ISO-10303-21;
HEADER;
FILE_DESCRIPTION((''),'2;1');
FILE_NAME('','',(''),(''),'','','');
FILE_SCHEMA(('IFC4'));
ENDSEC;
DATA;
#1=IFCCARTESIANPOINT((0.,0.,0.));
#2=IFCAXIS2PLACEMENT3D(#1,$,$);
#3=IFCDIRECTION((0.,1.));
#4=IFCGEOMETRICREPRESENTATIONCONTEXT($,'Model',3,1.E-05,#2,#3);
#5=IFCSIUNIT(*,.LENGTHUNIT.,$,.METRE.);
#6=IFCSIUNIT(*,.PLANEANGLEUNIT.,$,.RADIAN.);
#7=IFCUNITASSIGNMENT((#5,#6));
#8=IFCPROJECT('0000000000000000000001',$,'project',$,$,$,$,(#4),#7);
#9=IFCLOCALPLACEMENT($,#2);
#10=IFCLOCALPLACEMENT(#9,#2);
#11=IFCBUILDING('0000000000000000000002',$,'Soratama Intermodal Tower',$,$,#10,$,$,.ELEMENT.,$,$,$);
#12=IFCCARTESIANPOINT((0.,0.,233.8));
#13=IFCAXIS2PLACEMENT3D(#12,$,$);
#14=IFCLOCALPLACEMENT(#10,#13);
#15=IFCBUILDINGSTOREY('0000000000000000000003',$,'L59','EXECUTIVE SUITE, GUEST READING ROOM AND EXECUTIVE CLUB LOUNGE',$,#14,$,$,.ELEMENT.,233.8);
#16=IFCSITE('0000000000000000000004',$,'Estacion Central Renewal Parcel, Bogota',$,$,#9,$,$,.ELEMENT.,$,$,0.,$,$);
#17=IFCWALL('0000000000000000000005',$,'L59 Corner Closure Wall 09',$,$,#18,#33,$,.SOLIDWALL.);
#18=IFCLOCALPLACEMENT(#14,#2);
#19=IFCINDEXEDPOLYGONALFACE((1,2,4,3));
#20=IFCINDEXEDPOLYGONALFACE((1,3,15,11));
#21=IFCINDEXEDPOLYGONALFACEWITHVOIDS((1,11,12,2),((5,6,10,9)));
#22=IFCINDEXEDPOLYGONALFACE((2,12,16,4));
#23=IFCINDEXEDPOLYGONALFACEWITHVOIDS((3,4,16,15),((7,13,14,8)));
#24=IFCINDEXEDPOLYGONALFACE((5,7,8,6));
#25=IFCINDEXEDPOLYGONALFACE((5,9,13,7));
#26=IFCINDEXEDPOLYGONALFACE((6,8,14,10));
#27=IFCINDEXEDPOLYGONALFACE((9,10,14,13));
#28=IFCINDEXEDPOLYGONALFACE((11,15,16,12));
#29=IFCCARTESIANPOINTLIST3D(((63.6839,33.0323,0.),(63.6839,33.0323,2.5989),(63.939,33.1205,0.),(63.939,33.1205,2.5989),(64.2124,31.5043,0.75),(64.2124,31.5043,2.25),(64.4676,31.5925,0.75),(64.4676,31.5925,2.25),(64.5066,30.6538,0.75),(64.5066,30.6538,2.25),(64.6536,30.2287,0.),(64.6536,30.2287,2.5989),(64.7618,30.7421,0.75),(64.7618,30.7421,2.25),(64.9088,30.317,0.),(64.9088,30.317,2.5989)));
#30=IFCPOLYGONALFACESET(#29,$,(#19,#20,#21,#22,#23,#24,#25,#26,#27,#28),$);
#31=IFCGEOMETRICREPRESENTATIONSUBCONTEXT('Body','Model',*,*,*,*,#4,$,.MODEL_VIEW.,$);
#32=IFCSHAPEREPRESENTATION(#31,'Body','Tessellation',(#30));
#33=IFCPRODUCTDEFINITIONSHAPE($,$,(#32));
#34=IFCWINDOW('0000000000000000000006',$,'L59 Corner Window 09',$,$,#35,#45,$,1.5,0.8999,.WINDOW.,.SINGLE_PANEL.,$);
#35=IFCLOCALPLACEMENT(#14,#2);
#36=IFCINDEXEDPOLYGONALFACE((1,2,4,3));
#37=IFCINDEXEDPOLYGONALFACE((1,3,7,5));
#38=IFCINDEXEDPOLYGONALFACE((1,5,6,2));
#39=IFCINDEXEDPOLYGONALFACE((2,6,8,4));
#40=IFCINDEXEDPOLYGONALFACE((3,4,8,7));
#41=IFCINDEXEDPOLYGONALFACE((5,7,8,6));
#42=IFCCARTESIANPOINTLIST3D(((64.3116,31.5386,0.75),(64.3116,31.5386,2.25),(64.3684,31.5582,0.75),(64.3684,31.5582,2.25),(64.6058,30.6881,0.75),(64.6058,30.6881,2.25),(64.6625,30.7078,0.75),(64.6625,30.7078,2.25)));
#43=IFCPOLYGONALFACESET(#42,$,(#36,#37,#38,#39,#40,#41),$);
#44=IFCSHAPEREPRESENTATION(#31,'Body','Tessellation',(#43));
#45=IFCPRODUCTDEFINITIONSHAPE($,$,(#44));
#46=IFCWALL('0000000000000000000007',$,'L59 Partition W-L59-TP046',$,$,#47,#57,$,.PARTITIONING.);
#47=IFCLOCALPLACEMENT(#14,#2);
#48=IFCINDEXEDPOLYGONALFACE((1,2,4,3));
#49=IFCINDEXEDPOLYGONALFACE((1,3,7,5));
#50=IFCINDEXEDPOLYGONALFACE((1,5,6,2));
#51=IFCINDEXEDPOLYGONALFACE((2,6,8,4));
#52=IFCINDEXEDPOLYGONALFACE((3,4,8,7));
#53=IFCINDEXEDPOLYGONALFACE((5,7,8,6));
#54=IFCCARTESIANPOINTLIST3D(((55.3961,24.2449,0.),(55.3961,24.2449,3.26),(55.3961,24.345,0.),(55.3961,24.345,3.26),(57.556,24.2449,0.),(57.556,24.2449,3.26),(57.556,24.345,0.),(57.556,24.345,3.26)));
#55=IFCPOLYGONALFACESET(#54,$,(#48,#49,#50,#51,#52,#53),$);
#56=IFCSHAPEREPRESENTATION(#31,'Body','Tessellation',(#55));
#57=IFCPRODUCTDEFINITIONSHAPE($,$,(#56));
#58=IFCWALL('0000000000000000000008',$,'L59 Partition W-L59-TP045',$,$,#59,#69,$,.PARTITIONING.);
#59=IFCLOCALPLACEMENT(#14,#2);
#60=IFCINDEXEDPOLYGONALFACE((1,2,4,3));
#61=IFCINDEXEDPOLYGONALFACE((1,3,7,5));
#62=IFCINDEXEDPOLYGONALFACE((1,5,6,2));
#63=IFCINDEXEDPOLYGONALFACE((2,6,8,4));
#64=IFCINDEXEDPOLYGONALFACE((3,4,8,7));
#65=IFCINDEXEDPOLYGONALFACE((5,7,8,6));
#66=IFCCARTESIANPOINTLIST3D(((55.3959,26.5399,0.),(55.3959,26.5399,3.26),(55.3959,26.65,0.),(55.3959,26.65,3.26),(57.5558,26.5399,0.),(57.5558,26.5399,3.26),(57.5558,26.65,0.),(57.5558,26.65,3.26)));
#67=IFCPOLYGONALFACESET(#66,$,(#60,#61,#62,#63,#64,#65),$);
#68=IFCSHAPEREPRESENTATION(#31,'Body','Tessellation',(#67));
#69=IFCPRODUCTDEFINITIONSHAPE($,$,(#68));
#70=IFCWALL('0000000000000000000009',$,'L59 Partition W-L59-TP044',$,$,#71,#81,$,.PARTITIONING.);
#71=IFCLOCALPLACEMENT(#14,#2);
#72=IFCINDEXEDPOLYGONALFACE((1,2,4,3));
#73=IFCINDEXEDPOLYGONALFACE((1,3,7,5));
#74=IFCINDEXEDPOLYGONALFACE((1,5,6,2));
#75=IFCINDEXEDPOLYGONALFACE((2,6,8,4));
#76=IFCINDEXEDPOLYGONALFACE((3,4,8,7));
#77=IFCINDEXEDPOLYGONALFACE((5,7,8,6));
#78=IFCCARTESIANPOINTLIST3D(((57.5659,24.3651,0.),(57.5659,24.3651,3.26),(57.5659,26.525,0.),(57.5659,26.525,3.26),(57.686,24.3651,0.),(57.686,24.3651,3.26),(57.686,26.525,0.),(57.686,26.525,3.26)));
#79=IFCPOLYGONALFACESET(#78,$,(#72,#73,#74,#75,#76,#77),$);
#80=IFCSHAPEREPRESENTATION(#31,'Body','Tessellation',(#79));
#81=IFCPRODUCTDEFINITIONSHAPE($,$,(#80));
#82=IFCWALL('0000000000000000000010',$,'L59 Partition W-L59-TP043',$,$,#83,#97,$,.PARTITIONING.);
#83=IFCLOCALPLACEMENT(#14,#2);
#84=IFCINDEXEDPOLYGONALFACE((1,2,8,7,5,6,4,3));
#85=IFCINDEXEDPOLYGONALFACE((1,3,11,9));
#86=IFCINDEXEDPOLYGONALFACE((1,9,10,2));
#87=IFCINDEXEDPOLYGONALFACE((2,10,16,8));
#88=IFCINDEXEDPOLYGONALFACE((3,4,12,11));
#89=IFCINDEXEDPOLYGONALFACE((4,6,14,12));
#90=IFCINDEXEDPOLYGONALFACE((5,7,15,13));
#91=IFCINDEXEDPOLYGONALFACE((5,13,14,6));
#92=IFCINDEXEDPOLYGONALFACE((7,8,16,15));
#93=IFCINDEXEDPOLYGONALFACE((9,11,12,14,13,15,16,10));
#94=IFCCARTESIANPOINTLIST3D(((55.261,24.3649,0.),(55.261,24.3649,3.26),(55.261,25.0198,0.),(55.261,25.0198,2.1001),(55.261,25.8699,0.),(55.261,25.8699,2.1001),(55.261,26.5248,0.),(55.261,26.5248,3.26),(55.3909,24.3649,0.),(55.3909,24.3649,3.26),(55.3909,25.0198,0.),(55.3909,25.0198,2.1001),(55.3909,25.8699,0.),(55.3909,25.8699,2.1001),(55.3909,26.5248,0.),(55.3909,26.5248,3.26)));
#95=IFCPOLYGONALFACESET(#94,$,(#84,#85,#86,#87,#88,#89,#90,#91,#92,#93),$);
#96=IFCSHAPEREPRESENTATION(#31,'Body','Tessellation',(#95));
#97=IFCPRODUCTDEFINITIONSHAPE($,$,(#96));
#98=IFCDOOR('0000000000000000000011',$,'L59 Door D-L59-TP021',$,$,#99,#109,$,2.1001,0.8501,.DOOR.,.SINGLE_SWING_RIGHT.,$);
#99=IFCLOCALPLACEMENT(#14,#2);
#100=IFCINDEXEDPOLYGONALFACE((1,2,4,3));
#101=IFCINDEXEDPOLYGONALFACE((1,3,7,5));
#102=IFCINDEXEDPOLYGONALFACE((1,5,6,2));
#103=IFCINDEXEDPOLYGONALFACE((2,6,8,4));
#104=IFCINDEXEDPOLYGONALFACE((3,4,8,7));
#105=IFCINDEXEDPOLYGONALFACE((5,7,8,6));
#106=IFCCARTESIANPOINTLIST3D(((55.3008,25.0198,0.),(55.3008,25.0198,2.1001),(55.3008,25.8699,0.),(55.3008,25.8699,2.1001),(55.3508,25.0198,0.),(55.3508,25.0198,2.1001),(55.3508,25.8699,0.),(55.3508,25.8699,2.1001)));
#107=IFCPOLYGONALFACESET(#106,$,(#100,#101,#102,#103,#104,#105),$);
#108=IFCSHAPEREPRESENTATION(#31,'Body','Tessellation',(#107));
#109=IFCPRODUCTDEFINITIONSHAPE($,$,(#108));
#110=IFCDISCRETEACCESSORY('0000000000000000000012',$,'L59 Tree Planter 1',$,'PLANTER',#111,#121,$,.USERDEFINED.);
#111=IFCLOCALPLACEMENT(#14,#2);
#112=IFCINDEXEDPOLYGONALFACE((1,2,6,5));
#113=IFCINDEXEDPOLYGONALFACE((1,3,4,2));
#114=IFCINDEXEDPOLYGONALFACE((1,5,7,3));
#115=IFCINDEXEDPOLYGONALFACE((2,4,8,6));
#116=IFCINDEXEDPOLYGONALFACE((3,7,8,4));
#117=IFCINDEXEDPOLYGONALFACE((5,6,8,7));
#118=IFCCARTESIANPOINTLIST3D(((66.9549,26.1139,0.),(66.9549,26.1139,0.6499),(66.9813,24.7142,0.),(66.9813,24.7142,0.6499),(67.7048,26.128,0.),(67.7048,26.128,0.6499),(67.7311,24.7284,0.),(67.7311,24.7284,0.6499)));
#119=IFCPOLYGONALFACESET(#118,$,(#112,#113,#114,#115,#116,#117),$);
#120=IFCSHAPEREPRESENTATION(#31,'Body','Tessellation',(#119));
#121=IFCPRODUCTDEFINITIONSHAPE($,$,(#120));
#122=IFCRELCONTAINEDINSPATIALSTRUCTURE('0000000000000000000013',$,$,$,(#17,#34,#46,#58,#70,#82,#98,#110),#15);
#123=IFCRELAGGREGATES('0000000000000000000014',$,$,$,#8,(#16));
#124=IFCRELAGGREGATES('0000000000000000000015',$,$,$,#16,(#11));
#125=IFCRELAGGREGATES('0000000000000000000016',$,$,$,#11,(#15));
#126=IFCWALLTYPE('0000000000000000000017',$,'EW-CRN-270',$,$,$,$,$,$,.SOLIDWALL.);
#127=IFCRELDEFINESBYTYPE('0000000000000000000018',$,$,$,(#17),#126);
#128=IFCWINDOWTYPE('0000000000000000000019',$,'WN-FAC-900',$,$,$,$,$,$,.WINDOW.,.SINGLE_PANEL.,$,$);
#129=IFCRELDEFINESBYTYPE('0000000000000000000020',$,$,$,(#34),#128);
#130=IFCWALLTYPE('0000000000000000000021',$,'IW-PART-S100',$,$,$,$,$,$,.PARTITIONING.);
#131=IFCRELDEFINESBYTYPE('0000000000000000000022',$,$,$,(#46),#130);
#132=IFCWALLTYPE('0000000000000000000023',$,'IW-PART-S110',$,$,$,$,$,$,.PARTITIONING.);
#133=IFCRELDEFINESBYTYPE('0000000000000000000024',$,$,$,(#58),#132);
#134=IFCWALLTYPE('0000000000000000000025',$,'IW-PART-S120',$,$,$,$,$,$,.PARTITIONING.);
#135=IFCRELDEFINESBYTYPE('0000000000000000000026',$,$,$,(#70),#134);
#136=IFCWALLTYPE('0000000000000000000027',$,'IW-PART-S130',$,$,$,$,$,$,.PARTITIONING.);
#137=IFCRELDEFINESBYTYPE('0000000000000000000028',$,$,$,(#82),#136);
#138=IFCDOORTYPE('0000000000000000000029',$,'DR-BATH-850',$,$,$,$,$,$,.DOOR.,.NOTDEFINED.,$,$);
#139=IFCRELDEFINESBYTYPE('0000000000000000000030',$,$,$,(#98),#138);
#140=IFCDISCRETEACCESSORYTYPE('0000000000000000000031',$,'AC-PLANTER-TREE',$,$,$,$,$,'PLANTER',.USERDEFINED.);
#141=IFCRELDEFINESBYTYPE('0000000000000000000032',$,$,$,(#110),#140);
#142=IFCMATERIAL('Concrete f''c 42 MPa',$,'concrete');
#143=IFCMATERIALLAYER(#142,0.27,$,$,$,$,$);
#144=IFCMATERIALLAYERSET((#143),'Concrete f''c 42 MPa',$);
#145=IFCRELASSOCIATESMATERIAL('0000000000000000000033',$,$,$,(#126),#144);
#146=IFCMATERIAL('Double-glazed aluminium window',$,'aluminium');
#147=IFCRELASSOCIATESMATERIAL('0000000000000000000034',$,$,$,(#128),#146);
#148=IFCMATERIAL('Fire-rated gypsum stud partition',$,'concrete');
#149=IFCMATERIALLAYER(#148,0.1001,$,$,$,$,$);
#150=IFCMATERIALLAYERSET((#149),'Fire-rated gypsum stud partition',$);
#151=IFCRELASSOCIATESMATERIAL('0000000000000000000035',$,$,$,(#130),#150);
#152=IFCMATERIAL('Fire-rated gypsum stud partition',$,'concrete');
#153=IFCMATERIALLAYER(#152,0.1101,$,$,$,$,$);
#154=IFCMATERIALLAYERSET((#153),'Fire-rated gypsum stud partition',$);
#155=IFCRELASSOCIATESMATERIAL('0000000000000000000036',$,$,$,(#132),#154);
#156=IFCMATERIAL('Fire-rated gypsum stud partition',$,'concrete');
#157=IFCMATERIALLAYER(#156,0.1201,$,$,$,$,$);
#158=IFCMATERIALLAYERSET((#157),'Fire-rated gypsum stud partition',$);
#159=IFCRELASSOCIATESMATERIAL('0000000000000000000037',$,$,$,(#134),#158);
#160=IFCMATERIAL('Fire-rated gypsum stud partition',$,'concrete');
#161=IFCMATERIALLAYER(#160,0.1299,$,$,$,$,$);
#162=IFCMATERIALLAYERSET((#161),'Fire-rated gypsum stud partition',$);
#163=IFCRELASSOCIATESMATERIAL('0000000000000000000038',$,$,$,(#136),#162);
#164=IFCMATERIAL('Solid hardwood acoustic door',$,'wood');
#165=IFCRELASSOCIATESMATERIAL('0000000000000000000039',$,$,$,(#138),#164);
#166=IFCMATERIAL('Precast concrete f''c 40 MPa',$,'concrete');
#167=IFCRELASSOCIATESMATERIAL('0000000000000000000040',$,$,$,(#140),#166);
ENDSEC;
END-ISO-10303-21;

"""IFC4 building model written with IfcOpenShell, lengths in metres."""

from ifc_helpers import new_model, si_unit, direction, frame, frame_2d, origin, origin_2d, place, context, subcontext, project, spatial, rectangle, extrude, material, layer, layer_set, type_object, element, fill, save


model = new_model("IFC4")

# Units and contexts
model_context = context("Model", 3, precision=1e-05, world=origin(), true_north=direction((0.0, 1.0)))
body_context = subcontext(model_context, "Body", "Model", "MODEL_VIEW")
ifc_project = project(units=[si_unit("LENGTHUNIT", "METRE"), si_unit("PLANEANGLEUNIT", "RADIAN")], contexts=[model_context])

# Site, building, storey
site_placement = place(None, origin())
site = spatial("IfcSite", under=ifc_project, at=site_placement, Name="Estacion Central Renewal Parcel, Bogota", CompositionType="ELEMENT", RefElevation=0.0)
building_placement = place(site_placement, origin())
building = spatial("IfcBuilding", under=site, at=building_placement, Name="Soratama Intermodal Tower", CompositionType="ELEMENT")
storey_placement = place(building_placement, frame((0.0, 0.0, 233.8)))
storey = spatial("IfcBuildingStorey", under=building, at=storey_placement, Name="L59", Description="EXECUTIVE SUITE, GUEST READING ROOM AND EXECUTIVE CLUB LOUNGE", CompositionType="ELEMENT", Elevation=233.8)

# Wall, opening, window
ifc_material_1 = material(Name="Concrete f'c 42 MPa", Category="concrete")
ifc_layer_1 = layer(ifc_material_1, 0.27)
ifc_layer_set_1 = layer_set([ifc_layer_1], Name="Concrete f'c 42 MPa")
wall_type_1 = type_object("IfcWallType", Name="EW-CRN-270", PredefinedType="SOLIDWALL", material=ifc_layer_set_1)
wall_1_placement = place(storey_placement, frame((64.7812, 30.2727, 0.0), z_axis=(0.0, 0.0, 1.0), x_axis=(-0.326899, 0.945059, 0.0)))
wall_1 = element("IfcWall", 1, at=wall_1_placement, inside=storey, type_object=wall_type_1, Name="L59 Corner Closure Wall 09", PredefinedType="SOLIDWALL", context=body_context, shape_type="SweptSolid", body=[
    extrude(rectangle(XDim=2.9666, YDim=0.27, at=frame_2d((1.4834, 0.0))), origin(), (0.0, 0.0, 1.0), 2.5989),
])
opening_1_placement = place(wall_1_placement, frame((0.45, 0.0, 0.75)))
opening_1 = element("IfcOpeningElement", 2, at=opening_1_placement, cuts=wall_1, PredefinedType="OPENING", context=body_context, shape_type="SweptSolid", body=[
    extrude(rectangle(XDim=0.8999, YDim=1.5, at=frame_2d((0.45, 0.75))), frame((0.0, 0.145, 0.0), z_axis=(0.0, -1.0, 0.0), x_axis=(1.0, 0.0, 0.0)), (0.0, 0.0, 1.0), 0.29),
])
ifc_material_2 = material(Name="Double-glazed aluminium window", Category="aluminium")
window_type = type_object("IfcWindowType", Name="WN-FAC-900", PartitioningType="SINGLE_PANEL", PredefinedType="WINDOW", material=ifc_material_2)
window_placement = place(opening_1_placement, origin())
window = element("IfcWindow", 3, at=window_placement, inside=storey, type_object=window_type, Name="L59 Corner Window 09", OverallHeight=1.5, OverallWidth=0.8999, PartitioningType="SINGLE_PANEL", PredefinedType="WINDOW", context=body_context, shape_type="SweptSolid", body=[
    extrude(rectangle(XDim=0.8999, YDim=1.5, at=frame_2d((0.45, 0.75))), frame((0.0, 0.03, 0.0), z_axis=(0.0, -1.0, 0.0), x_axis=(1.0, 0.0, 0.0)), (0.0, 0.0, 1.0), 0.0601),
])
fill(opening_1, window)

# Walls
ifc_material_3 = material(Name="Fire-rated gypsum stud partition", Category="concrete")
ifc_layer_2 = layer(ifc_material_3, 0.1001)
ifc_layer_set_2 = layer_set([ifc_layer_2], Name="Fire-rated gypsum stud partition")
wall_type_2 = type_object("IfcWallType", Name="IW-PART-S100", PredefinedType="PARTITIONING", material=ifc_layer_set_2)
wall_2_placement = place(storey_placement, frame((55.396, 24.2949, 0.0), z_axis=(0.0, 0.0, 1.0), x_axis=(1.0, 0.0, 0.0)))
element("IfcWall", 4, at=wall_2_placement, inside=storey, type_object=wall_type_2, Name="L59 Partition W-L59-TP046", PredefinedType="PARTITIONING", context=body_context, shape_type="SweptSolid", body=[
    extrude(rectangle(XDim=2.1599, YDim=0.1001, at=frame_2d((1.0801, 0.0))), origin(), (0.0, 0.0, 1.0), 3.26),
])
ifc_material_4 = material(Name="Fire-rated gypsum stud partition", Category="concrete")
ifc_layer_3 = layer(ifc_material_4, 0.1101)
ifc_layer_set_3 = layer_set([ifc_layer_3], Name="Fire-rated gypsum stud partition")
wall_type_3 = type_object("IfcWallType", Name="IW-PART-S110", PredefinedType="PARTITIONING", material=ifc_layer_set_3)
wall_3_placement = place(storey_placement, frame((57.5559, 26.595, 0.0), z_axis=(0.0, 0.0, 1.0), x_axis=(-1.0, 0.0, 0.0)))
element("IfcWall", 5, at=wall_3_placement, inside=storey, type_object=wall_type_3, Name="L59 Partition W-L59-TP045", PredefinedType="PARTITIONING", context=body_context, shape_type="SweptSolid", body=[
    extrude(rectangle(XDim=2.1599, YDim=0.1101, at=frame_2d((1.0801, 0.0))), origin(), (0.0, 0.0, 1.0), 3.26),
])
ifc_material_5 = material(Name="Fire-rated gypsum stud partition", Category="concrete")
ifc_layer_4 = layer(ifc_material_5, 0.1201)
ifc_layer_set_4 = layer_set([ifc_layer_4], Name="Fire-rated gypsum stud partition")
wall_type_4 = type_object("IfcWallType", Name="IW-PART-S120", PredefinedType="PARTITIONING", material=ifc_layer_set_4)
wall_4_placement = place(storey_placement, frame((57.626, 24.365, 0.0), z_axis=(0.0, 0.0, 1.0), x_axis=(0.0, 1.0, 0.0)))
element("IfcWall", 6, at=wall_4_placement, inside=storey, type_object=wall_type_4, Name="L59 Partition W-L59-TP044", PredefinedType="PARTITIONING", context=body_context, shape_type="SweptSolid", body=[
    extrude(rectangle(XDim=2.1599, YDim=0.1201, at=frame_2d((1.0801, 0.0))), origin(), (0.0, 0.0, 1.0), 3.26),
])

# Wall, opening, door
ifc_material_6 = material(Name="Fire-rated gypsum stud partition", Category="concrete")
ifc_layer_5 = layer(ifc_material_6, 0.1299)
ifc_layer_set_5 = layer_set([ifc_layer_5], Name="Fire-rated gypsum stud partition")
wall_type_5 = type_object("IfcWallType", Name="IW-PART-S130", PredefinedType="PARTITIONING", material=ifc_layer_set_5)
wall_5_placement = place(storey_placement, frame((55.3259, 26.5249, 0.0), z_axis=(0.0, 0.0, 1.0), x_axis=(0.0, -1.0, 0.0)))
wall_5 = element("IfcWall", 7, at=wall_5_placement, inside=storey, type_object=wall_type_5, Name="L59 Partition W-L59-TP043", PredefinedType="PARTITIONING", context=body_context, shape_type="SweptSolid", body=[
    extrude(rectangle(XDim=2.1599, YDim=0.1299, at=frame_2d((1.0801, 0.0))), origin(), (0.0, 0.0, 1.0), 3.26),
])
opening_2_placement = place(wall_5_placement, frame((0.655, 0.0, 0.0)))
opening_2 = element("IfcOpeningElement", 8, at=opening_2_placement, cuts=wall_5, PredefinedType="OPENING", context=body_context, shape_type="SweptSolid", body=[
    extrude(rectangle(XDim=0.8501, YDim=2.1001, at=frame_2d((0.425, 1.05))), frame((0.0, 0.075, 0.0), z_axis=(0.0, -1.0, 0.0), x_axis=(1.0, 0.0, 0.0)), (0.0, 0.0, 1.0), 0.1499),
])
ifc_material_7 = material(Name="Solid hardwood acoustic door", Category="wood")
door_type = type_object("IfcDoorType", Name="DR-BATH-850", OperationType="NOTDEFINED", PredefinedType="DOOR", material=ifc_material_7)
door_placement = place(opening_2_placement, origin())
door = element("IfcDoor", 9, at=door_placement, inside=storey, type_object=door_type, Name="L59 Door D-L59-TP021", OperationType="SINGLE_SWING_RIGHT", OverallHeight=2.1001, OverallWidth=0.8501, PredefinedType="DOOR", context=body_context, shape_type="SweptSolid", body=[
    extrude(rectangle(XDim=0.8501, YDim=2.1001, at=frame_2d((0.425, 1.05))), frame((0.0, 0.0249, 0.0), z_axis=(0.0, -1.0, 0.0), x_axis=(1.0, 0.0, 0.0)), (0.0, 0.0, 1.0), 0.05),
])
fill(opening_2, door)

# Discrete accessory
ifc_material_8 = material(Name="Precast concrete f'c 40 MPa", Category="concrete")
discrete_accessory_type = type_object("IfcDiscreteAccessoryType", Name="AC-PLANTER-TREE", ElementType="PLANTER", PredefinedType="USERDEFINED", material=ifc_material_8)
discrete_accessory_placement = place(storey_placement, frame((67.343, 25.4211, 0.0), z_axis=(0.0, 0.0, 1.0), x_axis=(0.999822, 0.018848, 0.0)))
element("IfcDiscreteAccessory", 10, at=discrete_accessory_placement, inside=storey, type_object=discrete_accessory_type, Name="L59 Tree Planter 1", ObjectType="PLANTER", PredefinedType="USERDEFINED", context=body_context, shape_type="SweptSolid", body=[
    extrude(rectangle(XDim=0.75, YDim=1.3999, at=origin_2d()), origin(), (0.0, 0.0, 1.0), 0.6499),
])

save(model, "model.ifc")
